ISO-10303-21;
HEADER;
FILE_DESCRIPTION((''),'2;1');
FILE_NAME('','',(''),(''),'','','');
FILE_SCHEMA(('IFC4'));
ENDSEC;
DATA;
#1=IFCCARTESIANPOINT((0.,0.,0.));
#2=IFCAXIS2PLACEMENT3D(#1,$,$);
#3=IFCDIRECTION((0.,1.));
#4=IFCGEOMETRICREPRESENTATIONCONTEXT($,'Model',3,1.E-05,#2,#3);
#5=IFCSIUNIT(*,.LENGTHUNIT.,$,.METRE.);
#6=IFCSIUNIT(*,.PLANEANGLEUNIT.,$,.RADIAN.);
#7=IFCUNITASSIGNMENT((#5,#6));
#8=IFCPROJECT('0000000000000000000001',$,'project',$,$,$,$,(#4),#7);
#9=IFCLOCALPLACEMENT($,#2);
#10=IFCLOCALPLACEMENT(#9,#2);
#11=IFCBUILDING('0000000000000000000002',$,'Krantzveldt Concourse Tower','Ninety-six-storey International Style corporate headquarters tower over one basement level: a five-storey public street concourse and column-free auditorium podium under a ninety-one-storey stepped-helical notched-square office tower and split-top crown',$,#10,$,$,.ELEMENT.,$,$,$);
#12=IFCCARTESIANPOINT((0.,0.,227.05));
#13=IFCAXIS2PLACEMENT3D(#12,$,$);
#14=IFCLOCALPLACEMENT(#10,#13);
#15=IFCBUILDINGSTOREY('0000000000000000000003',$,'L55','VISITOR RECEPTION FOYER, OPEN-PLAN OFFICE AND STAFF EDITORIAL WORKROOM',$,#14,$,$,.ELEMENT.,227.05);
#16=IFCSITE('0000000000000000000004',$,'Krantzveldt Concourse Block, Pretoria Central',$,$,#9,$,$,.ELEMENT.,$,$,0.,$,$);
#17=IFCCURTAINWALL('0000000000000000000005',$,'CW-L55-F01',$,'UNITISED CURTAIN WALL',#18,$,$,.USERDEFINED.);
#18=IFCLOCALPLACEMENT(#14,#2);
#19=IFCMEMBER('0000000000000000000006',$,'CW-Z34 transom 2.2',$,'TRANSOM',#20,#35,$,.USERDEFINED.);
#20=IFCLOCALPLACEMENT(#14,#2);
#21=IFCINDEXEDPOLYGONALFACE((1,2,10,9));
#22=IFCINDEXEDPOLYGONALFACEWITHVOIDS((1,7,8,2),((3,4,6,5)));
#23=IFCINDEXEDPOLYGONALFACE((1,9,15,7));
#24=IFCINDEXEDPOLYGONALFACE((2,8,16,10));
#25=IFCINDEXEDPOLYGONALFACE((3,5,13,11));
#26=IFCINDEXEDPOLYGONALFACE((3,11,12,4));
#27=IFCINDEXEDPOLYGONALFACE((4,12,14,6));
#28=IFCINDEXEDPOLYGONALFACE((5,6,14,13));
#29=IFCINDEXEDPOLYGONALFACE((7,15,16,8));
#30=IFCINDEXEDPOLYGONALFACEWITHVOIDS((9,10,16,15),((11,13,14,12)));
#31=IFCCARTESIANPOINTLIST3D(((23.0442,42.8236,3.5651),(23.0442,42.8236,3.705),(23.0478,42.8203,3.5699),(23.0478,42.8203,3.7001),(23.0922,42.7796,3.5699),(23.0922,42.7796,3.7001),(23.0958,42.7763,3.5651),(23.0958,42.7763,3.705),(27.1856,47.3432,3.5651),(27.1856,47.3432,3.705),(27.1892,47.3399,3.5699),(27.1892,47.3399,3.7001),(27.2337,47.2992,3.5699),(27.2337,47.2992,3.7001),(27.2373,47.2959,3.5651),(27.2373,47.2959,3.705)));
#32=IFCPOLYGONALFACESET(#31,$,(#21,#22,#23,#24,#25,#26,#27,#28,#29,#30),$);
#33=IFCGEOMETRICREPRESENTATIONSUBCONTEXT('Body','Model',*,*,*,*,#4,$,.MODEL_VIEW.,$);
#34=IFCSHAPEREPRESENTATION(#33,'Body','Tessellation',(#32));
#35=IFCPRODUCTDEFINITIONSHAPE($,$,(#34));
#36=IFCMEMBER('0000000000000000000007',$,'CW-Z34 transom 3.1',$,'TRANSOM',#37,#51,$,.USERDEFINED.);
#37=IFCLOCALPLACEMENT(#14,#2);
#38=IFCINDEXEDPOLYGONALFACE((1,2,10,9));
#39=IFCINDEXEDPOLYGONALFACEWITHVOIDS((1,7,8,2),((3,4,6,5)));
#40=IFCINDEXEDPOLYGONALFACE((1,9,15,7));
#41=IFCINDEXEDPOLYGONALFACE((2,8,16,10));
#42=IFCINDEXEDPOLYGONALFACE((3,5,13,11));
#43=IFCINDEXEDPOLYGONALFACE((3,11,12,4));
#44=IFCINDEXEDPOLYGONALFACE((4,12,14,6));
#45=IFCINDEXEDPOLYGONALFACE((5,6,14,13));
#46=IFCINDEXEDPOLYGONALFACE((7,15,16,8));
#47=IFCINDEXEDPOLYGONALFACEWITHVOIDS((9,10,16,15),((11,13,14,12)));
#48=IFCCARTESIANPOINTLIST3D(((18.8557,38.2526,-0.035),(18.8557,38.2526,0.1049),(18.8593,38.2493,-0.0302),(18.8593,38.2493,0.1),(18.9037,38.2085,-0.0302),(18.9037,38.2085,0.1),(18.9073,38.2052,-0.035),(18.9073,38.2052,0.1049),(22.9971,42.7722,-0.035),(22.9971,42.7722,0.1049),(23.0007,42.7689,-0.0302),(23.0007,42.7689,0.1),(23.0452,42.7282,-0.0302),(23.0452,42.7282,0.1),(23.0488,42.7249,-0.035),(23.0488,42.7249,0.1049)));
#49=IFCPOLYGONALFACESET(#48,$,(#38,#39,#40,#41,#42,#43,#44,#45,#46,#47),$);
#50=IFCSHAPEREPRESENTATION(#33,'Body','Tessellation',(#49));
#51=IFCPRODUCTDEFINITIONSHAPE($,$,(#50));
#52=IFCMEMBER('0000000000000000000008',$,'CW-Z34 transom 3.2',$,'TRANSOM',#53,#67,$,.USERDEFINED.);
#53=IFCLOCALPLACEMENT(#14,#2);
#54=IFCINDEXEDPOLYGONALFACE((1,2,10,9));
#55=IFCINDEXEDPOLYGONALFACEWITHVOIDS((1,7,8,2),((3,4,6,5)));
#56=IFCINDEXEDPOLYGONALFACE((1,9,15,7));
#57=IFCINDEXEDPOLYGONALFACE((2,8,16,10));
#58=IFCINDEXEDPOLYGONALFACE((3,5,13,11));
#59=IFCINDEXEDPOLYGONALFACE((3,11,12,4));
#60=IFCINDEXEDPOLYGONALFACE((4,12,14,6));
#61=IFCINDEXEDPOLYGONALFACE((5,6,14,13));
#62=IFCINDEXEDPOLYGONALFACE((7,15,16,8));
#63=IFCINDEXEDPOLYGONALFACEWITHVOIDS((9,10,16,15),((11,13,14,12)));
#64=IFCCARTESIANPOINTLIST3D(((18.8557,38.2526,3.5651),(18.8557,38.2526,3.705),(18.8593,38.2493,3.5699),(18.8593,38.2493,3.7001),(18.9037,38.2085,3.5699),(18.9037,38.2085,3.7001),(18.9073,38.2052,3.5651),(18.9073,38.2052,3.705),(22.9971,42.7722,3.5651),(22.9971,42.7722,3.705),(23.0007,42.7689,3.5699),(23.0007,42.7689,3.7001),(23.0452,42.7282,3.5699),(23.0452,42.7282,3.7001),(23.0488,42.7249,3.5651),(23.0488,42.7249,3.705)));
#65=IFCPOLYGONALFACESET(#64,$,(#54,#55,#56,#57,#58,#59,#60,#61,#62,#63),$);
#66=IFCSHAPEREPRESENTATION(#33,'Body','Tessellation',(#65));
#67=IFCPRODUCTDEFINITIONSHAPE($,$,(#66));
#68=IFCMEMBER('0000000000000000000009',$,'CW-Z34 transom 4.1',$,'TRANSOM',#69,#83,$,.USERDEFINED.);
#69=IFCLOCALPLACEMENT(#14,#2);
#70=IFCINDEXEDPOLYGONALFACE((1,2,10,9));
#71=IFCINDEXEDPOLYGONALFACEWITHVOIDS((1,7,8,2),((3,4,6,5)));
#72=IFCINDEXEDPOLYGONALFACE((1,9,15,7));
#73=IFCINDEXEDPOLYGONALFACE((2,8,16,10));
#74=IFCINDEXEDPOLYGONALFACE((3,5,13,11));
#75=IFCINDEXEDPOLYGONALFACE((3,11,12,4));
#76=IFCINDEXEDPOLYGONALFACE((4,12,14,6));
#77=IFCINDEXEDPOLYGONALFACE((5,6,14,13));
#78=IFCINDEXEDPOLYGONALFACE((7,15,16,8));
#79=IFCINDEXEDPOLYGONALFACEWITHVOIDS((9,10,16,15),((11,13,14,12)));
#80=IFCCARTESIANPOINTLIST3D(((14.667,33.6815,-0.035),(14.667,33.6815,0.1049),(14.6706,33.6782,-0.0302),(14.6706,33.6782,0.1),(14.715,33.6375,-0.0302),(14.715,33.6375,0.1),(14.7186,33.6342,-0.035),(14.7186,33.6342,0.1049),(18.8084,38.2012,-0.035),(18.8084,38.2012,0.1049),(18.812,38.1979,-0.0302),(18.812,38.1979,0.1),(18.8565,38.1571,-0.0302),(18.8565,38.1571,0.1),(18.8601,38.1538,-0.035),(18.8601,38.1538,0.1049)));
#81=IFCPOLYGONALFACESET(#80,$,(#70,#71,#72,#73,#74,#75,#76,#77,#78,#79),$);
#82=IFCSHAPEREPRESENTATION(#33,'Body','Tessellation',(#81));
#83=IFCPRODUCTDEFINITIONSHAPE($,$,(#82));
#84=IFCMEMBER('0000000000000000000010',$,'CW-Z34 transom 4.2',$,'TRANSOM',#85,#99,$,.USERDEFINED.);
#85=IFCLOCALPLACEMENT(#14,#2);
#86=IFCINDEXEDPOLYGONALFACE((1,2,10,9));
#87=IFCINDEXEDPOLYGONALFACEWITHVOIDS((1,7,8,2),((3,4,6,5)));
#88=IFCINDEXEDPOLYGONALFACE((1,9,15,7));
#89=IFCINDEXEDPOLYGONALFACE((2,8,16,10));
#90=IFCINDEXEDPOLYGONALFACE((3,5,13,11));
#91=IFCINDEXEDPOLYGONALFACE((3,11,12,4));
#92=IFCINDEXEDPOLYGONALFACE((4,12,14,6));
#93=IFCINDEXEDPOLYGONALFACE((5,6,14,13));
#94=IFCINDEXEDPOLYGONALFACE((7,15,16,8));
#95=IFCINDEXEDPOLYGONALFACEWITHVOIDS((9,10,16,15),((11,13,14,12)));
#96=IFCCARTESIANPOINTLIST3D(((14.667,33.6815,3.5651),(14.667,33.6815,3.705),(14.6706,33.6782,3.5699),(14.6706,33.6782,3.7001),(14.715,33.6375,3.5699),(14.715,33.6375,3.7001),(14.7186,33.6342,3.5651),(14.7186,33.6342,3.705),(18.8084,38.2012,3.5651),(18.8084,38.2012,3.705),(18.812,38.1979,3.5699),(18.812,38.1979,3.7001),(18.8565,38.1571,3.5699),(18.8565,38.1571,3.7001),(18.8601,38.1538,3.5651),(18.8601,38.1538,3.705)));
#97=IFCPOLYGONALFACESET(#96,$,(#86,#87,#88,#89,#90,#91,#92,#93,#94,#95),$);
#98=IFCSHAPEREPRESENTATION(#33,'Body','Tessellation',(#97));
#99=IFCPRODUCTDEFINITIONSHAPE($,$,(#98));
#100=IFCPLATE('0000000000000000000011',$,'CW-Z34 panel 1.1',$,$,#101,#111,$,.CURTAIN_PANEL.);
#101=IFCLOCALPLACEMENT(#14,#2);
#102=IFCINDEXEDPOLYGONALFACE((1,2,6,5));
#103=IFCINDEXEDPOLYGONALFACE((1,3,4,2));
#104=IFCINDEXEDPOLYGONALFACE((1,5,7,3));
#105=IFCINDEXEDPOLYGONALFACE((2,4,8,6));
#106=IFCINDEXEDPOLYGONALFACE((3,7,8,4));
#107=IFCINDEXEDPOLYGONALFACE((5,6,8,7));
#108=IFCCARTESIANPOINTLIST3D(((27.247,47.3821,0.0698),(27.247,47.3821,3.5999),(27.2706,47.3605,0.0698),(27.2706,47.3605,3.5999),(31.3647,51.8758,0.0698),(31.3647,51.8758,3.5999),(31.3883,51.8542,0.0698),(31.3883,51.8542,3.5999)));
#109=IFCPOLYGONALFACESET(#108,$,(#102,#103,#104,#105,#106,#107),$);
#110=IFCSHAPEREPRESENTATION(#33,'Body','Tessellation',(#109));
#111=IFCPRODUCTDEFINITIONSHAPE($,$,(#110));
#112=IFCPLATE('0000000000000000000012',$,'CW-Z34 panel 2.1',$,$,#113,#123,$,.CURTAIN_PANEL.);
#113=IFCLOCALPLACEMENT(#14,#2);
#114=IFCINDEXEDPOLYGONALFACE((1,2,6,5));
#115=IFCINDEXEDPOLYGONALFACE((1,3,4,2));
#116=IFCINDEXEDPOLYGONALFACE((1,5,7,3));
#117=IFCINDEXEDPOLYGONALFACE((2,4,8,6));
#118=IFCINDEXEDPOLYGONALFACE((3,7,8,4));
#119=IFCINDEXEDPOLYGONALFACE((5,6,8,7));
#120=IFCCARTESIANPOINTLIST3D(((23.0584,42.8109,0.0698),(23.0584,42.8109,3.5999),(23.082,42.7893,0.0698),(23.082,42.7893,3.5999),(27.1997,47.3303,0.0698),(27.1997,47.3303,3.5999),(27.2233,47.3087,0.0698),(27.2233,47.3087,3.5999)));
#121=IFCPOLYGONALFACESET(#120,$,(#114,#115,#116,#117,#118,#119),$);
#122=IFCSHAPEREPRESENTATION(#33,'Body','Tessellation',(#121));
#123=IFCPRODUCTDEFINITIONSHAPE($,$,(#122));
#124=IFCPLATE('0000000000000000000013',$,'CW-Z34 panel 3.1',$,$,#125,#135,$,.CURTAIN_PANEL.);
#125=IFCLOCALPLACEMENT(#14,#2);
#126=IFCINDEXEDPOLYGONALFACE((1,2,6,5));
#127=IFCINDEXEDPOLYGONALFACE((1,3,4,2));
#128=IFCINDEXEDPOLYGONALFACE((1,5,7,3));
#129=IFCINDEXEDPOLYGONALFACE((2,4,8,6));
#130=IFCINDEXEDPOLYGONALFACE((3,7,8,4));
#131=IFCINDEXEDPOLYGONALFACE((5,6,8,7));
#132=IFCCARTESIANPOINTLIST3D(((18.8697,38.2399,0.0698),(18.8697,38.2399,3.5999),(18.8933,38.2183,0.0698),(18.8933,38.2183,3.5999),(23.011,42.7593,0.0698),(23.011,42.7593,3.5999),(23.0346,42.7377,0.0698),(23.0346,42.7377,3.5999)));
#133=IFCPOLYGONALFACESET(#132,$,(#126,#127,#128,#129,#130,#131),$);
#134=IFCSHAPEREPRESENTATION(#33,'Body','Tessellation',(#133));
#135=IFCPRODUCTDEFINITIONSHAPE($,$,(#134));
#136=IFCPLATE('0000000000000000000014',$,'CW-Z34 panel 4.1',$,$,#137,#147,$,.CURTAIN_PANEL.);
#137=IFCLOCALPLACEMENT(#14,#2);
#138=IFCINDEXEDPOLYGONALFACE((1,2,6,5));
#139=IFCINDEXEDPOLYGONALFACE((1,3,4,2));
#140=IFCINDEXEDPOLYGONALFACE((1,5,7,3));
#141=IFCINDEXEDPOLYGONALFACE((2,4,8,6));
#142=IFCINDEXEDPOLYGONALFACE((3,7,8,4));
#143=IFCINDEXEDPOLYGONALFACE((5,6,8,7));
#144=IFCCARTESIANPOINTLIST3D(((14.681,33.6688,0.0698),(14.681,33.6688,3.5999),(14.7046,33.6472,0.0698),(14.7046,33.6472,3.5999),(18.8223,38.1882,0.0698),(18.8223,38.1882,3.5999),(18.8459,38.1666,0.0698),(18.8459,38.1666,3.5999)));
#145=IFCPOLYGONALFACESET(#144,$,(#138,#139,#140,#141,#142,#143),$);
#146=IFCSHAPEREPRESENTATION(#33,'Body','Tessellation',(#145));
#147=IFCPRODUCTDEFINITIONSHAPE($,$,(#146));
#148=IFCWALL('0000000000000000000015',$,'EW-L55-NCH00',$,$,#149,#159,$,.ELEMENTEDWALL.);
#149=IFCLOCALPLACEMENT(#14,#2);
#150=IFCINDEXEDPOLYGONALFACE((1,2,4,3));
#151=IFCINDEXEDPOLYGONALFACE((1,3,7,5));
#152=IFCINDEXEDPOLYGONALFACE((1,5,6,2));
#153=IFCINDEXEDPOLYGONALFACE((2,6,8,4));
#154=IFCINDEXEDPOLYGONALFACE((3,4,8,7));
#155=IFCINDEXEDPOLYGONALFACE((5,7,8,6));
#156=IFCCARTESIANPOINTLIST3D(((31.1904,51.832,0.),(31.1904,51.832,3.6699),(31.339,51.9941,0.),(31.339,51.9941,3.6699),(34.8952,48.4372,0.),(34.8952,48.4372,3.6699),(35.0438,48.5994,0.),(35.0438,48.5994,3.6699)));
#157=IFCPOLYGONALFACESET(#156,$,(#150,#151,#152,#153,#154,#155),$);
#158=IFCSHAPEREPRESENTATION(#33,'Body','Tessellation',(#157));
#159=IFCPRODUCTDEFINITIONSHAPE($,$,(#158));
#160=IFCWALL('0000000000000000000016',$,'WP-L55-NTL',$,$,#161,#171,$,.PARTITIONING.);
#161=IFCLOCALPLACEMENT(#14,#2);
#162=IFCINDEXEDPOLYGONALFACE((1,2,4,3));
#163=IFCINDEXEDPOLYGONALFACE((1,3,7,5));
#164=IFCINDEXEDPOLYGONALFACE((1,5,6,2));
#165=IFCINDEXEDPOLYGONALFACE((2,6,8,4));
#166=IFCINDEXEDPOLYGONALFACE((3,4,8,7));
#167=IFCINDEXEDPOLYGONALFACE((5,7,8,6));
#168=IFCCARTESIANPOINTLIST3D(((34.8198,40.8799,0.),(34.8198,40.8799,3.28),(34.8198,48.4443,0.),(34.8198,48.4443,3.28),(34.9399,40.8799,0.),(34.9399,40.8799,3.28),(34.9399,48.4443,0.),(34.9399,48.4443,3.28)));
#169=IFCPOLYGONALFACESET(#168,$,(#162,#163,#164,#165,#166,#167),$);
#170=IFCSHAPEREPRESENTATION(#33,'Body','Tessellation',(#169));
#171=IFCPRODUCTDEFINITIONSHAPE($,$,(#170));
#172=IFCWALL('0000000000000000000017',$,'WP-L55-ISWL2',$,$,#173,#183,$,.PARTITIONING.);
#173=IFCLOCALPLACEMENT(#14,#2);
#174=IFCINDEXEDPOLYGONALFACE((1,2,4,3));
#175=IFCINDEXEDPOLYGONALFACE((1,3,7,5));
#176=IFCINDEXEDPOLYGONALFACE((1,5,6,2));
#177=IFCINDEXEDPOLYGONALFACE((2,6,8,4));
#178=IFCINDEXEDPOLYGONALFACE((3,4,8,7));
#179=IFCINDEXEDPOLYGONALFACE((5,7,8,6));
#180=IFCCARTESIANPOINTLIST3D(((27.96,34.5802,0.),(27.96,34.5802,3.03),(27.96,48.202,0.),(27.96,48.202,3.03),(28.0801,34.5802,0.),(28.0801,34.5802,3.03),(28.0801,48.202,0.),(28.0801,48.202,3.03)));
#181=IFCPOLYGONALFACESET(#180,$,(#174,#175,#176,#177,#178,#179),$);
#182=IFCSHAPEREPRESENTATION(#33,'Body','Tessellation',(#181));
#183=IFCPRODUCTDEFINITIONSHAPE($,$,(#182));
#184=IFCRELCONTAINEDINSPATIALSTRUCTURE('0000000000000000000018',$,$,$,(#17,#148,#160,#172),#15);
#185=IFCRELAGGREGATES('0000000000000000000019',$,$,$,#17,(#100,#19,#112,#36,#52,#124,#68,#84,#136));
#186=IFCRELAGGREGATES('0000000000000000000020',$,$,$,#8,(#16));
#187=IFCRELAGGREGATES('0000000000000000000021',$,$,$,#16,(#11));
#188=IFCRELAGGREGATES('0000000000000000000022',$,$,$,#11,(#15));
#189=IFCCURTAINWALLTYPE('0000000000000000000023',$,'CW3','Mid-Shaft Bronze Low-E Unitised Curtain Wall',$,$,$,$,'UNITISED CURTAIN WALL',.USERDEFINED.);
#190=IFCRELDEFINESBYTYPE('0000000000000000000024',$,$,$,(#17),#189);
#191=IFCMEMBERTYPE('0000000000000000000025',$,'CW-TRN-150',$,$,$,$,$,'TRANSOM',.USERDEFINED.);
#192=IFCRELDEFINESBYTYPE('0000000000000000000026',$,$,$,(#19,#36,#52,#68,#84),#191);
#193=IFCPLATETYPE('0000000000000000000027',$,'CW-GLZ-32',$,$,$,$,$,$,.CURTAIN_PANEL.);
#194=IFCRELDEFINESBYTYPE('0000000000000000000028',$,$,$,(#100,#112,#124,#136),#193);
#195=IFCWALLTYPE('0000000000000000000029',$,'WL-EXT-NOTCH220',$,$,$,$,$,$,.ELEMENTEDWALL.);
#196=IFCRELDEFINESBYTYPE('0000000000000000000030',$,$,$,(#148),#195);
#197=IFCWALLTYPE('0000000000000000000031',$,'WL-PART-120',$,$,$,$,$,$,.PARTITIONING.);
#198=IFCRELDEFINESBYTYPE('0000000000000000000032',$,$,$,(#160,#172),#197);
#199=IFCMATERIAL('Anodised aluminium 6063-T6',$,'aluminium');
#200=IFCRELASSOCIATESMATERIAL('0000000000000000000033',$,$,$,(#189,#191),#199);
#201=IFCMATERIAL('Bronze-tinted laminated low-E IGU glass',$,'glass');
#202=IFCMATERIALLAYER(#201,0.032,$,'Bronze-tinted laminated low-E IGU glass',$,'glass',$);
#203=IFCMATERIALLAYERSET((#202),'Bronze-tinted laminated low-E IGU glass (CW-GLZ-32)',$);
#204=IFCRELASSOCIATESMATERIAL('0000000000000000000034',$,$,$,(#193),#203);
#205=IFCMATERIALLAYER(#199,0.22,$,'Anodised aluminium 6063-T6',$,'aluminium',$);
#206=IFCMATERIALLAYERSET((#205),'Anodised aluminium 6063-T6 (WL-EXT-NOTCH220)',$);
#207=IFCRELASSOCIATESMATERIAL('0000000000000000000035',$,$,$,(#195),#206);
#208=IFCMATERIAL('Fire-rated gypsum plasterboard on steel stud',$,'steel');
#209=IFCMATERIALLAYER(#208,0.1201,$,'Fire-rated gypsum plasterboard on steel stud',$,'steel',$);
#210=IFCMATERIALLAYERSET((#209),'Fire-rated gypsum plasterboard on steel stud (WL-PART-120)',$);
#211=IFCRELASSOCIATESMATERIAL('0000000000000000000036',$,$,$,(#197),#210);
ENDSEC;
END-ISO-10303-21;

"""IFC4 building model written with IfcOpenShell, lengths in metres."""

from ifc_helpers import new_model, si_unit, direction, frame, frame_2d, origin, origin_2d, place, context, subcontext, project, spatial, rectangle, hollow_rectangle, extrude, source, transform, mapped, material, layer, layer_set, material_profile, profile_set, type_object, type_shapes, element, aggregate, save


model = new_model("IFC4")

# Units and contexts
model_context = context("Model", 3, precision=1e-05, world=origin(), true_north=direction((0.0, 1.0)))
body_context = subcontext(model_context, "Body", "Model", "MODEL_VIEW")
ifc_project = project(units=[si_unit("LENGTHUNIT", "METRE"), si_unit("PLANEANGLEUNIT", "RADIAN")], contexts=[model_context])

# Site, building, storey
site_placement = place(None, origin())
site = spatial("IfcSite", under=ifc_project, at=site_placement, Name="Krantzveldt Concourse Block, Pretoria Central", CompositionType="ELEMENT", RefElevation=0.0)
building_placement = place(site_placement, origin())
building = spatial("IfcBuilding", under=site, at=building_placement, Name="Krantzveldt Concourse Tower", Description="Ninety-six-storey International Style corporate headquarters tower over one basement level: a five-storey public street concourse and column-free auditorium podium under a ninety-one-storey stepped-helical notched-square office tower and split-top crown", CompositionType="ELEMENT")
storey_placement = place(building_placement, frame((0.0, 0.0, 227.05)))
storey = spatial("IfcBuildingStorey", under=building, at=storey_placement, Name="L55", Description="VISITOR RECEPTION FOYER, OPEN-PLAN OFFICE AND STAFF EDITORIAL WORKROOM", CompositionType="ELEMENT", Elevation=227.05)

# Curtain wall, members, plates
ifc_material_1 = material(Name="Anodised aluminium 6063-T6", Category="aluminium")
curtain_wall_type = type_object("IfcCurtainWallType", Name="CW3", Description="Mid-Shaft Bronze Low-E Unitised Curtain Wall", ElementType="UNITISED CURTAIN WALL", PredefinedType="USERDEFINED", material=ifc_material_1)
curtain_wall_placement = place(storey_placement, origin())
curtain_wall = element("IfcCurtainWall", 1, at=curtain_wall_placement, inside=storey, type_object=curtain_wall_type, Name="CW-L55-F01", ObjectType="UNITISED CURTAIN WALL", PredefinedType="USERDEFINED")
ifc_material_profile_1 = material_profile(ifc_material_1, hollow_rectangle(XDim=0.0701, YDim=0.1399, WallThickness=0.0049, at=origin_2d()), Name="Anodised aluminium 6063-T6", Category="aluminium")
ifc_profile_set_1 = profile_set([ifc_material_profile_1], Name="Anodised aluminium 6063-T6 - ALU-TRAN 140x70x5")
member_type_1 = type_object("IfcMemberType", Name="CW-TRN-150", ElementType="TRANSOM", PredefinedType="USERDEFINED", material=ifc_profile_set_1)
shared_shape_1 = source(origin(), body_context, "Body", "SweptSolid", [
    extrude(hollow_rectangle(XDim=0.0701, YDim=0.1399, WallThickness=0.0049, at=origin_2d()), origin(), (0.0, 0.0, 1.0), 6.1301),
])
member_1_placement = place(storey_placement, frame((27.2114, 47.3196, 3.635), z_axis=(-0.675588, -0.73728, 0.0), x_axis=(0.73728, -0.675588, 0.0)))
member_1 = element("IfcMember", 2, at=member_1_placement, type_object=member_type_1, Name="CW-Z34 transom 2.2", ObjectType="TRANSOM", PredefinedType="USERDEFINED", context=body_context, shape_type="MappedRepresentation", body=[
    mapped(shared_shape_1, transform((0.0, 0.0, 0.0), x_axis=(1.0, 0.0, 0.0), y_axis=(0.0, 1.0, 0.0), z_axis=(0.0, 0.0, 1.0), scale=1.0)),
])
member_2_placement = place(storey_placement, frame((23.0229, 42.7485, 0.0349), z_axis=(-0.675588, -0.73728, 0.0), x_axis=(0.73728, -0.675588, 0.0)))
member_2 = element("IfcMember", 3, at=member_2_placement, type_object=member_type_1, Name="CW-Z34 transom 3.1", ObjectType="TRANSOM", PredefinedType="USERDEFINED", context=body_context, shape_type="MappedRepresentation", body=[
    mapped(shared_shape_1, transform((0.0, 0.0, 0.0), x_axis=(1.0, 0.0, 0.0), y_axis=(0.0, 1.0, 0.0), z_axis=(0.0, 0.0, 1.0), scale=1.0)),
])
member_3_placement = place(storey_placement, frame((23.0229, 42.7485, 3.635), z_axis=(-0.675588, -0.73728, 0.0), x_axis=(0.73728, -0.675588, 0.0)))
member_3 = element("IfcMember", 4, at=member_3_placement, type_object=member_type_1, Name="CW-Z34 transom 3.2", ObjectType="TRANSOM", PredefinedType="USERDEFINED", context=body_context, shape_type="MappedRepresentation", body=[
    mapped(shared_shape_1, transform((0.0, 0.0, 0.0), x_axis=(1.0, 0.0, 0.0), y_axis=(0.0, 1.0, 0.0), z_axis=(0.0, 0.0, 1.0), scale=1.0)),
])
member_4_placement = place(storey_placement, frame((18.8342, 38.1775, 0.0349), z_axis=(-0.675588, -0.73728, 0.0), x_axis=(0.73728, -0.675588, 0.0)))
member_4 = element("IfcMember", 5, at=member_4_placement, type_object=member_type_1, Name="CW-Z34 transom 4.1", ObjectType="TRANSOM", PredefinedType="USERDEFINED", context=body_context, shape_type="MappedRepresentation", body=[
    mapped(shared_shape_1, transform((0.0, 0.0, 0.0), x_axis=(1.0, 0.0, 0.0), y_axis=(0.0, 1.0, 0.0), z_axis=(0.0, 0.0, 1.0), scale=1.0)),
])
member_5_placement = place(storey_placement, frame((18.8342, 38.1775, 3.635), z_axis=(-0.675588, -0.73728, 0.0), x_axis=(0.73728, -0.675588, 0.0)))
member_5 = element("IfcMember", 6, at=member_5_placement, type_object=member_type_1, Name="CW-Z34 transom 4.2", ObjectType="TRANSOM", PredefinedType="USERDEFINED", context=body_context, shape_type="MappedRepresentation", body=[
    mapped(shared_shape_1, transform((0.0, 0.0, 0.0), x_axis=(1.0, 0.0, 0.0), y_axis=(0.0, 1.0, 0.0), z_axis=(0.0, 0.0, 1.0), scale=1.0)),
])
ifc_material_2 = material(Name="Bronze-tinted laminated low-E IGU glass", Category="glass")
ifc_layer_1 = layer(ifc_material_2, 0.032, Name="Bronze-tinted laminated low-E IGU glass", Category="glass")
ifc_layer_set_1 = layer_set([ifc_layer_1], Name="Bronze-tinted laminated low-E IGU glass (CW-GLZ-32)")
plate_type = type_object("IfcPlateType", Name="CW-GLZ-32", PredefinedType="CURTAIN_PANEL", material=ifc_layer_set_1)
shared_shape_2 = source(origin(), body_context, "Body", "SweptSolid", [
    extrude(rectangle(XDim=6.095, YDim=0.032, at=origin_2d()), origin(), (0.0, 0.0, 1.0), 3.53),
])
plate_1_placement = place(storey_placement, frame((29.3176, 49.6182, 0.0698), z_axis=(0.0, 0.0, 1.0), x_axis=(-0.67559, -0.737277, 0.0)))
plate_1 = element("IfcPlate", 7, at=plate_1_placement, type_object=plate_type, Name="CW-Z34 panel 1.1", PredefinedType="CURTAIN_PANEL", context=body_context, shape_type="MappedRepresentation", body=[
    mapped(shared_shape_2, transform((0.0, 0.0, 0.0), x_axis=(1.0, 0.0, 0.0), y_axis=(0.0, 1.0, 0.0), z_axis=(0.0, 0.0, 1.0), scale=1.0)),
])
shared_shape_3 = source(origin(), body_context, "Body", "SweptSolid", [
    extrude(rectangle(XDim=6.1299, YDim=0.032, at=origin_2d()), origin(), (0.0, 0.0, 1.0), 3.53),
])
type_shapes(plate_type, [shared_shape_2, shared_shape_3])
plate_2_placement = place(storey_placement, frame((25.1409, 45.0598, 0.0698), z_axis=(0.0, 0.0, 1.0), x_axis=(-0.67559, -0.737277, 0.0)))
plate_2 = element("IfcPlate", 8, at=plate_2_placement, type_object=plate_type, Name="CW-Z34 panel 2.1", PredefinedType="CURTAIN_PANEL", context=body_context, shape_type="MappedRepresentation", body=[
    mapped(shared_shape_3, transform((0.0, 0.0, 0.0), x_axis=(1.0, 0.0, 0.0), y_axis=(0.0, 1.0, 0.0), z_axis=(0.0, 0.0, 1.0), scale=1.0)),
])
plate_3_placement = place(storey_placement, frame((20.9521, 40.4888, 0.0698), z_axis=(0.0, 0.0, 1.0), x_axis=(-0.67559, -0.737277, 0.0)))
plate_3 = element("IfcPlate", 9, at=plate_3_placement, type_object=plate_type, Name="CW-Z34 panel 3.1", PredefinedType="CURTAIN_PANEL", context=body_context, shape_type="MappedRepresentation", body=[
    mapped(shared_shape_3, transform((0.0, 0.0, 0.0), x_axis=(1.0, 0.0, 0.0), y_axis=(0.0, 1.0, 0.0), z_axis=(0.0, 0.0, 1.0), scale=1.0)),
])
plate_4_placement = place(storey_placement, frame((16.7634, 35.9177, 0.0698), z_axis=(0.0, 0.0, 1.0), x_axis=(-0.67559, -0.737277, 0.0)))
plate_4 = element("IfcPlate", 10, at=plate_4_placement, type_object=plate_type, Name="CW-Z34 panel 4.1", PredefinedType="CURTAIN_PANEL", context=body_context, shape_type="MappedRepresentation", body=[
    mapped(shared_shape_3, transform((0.0, 0.0, 0.0), x_axis=(1.0, 0.0, 0.0), y_axis=(0.0, 1.0, 0.0), z_axis=(0.0, 0.0, 1.0), scale=1.0)),
])
aggregate(curtain_wall, [plate_1, member_1, plate_2, member_2, member_3, plate_3, member_4, member_5, plate_4])

# Walls
ifc_layer_2 = layer(ifc_material_1, 0.22, Name="Anodised aluminium 6063-T6", Category="aluminium")
ifc_layer_set_2 = layer_set([ifc_layer_2], Name="Anodised aluminium 6063-T6 (WL-EXT-NOTCH220)")
wall_type_1 = type_object("IfcWallType", Name="WL-EXT-NOTCH220", PredefinedType="ELEMENTEDWALL", material=ifc_layer_set_2)
wall_1_placement = place(storey_placement, frame((34.9695, 48.5183, 0.0), z_axis=(0.0, 0.0, 1.0), x_axis=(-0.737285, 0.675582, 0.0)))
element("IfcWall", 11, at=wall_1_placement, inside=storey, type_object=wall_type_1, Name="EW-L55-NCH00", PredefinedType="ELEMENTEDWALL", context=body_context, shape_type="SweptSolid", body=[
    extrude(rectangle(XDim=5.0249, YDim=0.22, at=frame_2d((2.5125, 0.0))), origin(), (0.0, 0.0, 1.0), 3.6699),
])
ifc_material_3 = material(Name="Fire-rated gypsum plasterboard on steel stud", Category="steel")
ifc_layer_3 = layer(ifc_material_3, 0.1201, Name="Fire-rated gypsum plasterboard on steel stud", Category="steel")
ifc_layer_set_3 = layer_set([ifc_layer_3], Name="Fire-rated gypsum plasterboard on steel stud (WL-PART-120)")
wall_type_2 = type_object("IfcWallType", Name="WL-PART-120", PredefinedType="PARTITIONING", material=ifc_layer_set_3)
wall_2_placement = place(storey_placement, frame((34.8799, 40.8799, 0.0), z_axis=(0.0, 0.0, 1.0), x_axis=(0.0, 1.0, 0.0)))
element("IfcWall", 12, at=wall_2_placement, inside=storey, type_object=wall_type_2, Name="WP-L55-NTL", PredefinedType="PARTITIONING", context=body_context, shape_type="SweptSolid", body=[
    extrude(rectangle(XDim=7.5645, YDim=0.1201, at=frame_2d((3.7822, 0.0))), origin(), (0.0, 0.0, 1.0), 3.28),
])
wall_3_placement = place(storey_placement, frame((28.02, 34.5801, 0.0), z_axis=(0.0, 0.0, 1.0), x_axis=(0.0, 1.0, 0.0)))
element("IfcWall", 13, at=wall_3_placement, inside=storey, type_object=wall_type_2, Name="WP-L55-ISWL2", PredefinedType="PARTITIONING", context=body_context, shape_type="SweptSolid", body=[
    extrude(rectangle(XDim=13.6218, YDim=0.1201, at=frame_2d((6.811, 0.0))), origin(), (0.0, 0.0, 1.0), 3.03),
])

save(model, "model.ifc")
